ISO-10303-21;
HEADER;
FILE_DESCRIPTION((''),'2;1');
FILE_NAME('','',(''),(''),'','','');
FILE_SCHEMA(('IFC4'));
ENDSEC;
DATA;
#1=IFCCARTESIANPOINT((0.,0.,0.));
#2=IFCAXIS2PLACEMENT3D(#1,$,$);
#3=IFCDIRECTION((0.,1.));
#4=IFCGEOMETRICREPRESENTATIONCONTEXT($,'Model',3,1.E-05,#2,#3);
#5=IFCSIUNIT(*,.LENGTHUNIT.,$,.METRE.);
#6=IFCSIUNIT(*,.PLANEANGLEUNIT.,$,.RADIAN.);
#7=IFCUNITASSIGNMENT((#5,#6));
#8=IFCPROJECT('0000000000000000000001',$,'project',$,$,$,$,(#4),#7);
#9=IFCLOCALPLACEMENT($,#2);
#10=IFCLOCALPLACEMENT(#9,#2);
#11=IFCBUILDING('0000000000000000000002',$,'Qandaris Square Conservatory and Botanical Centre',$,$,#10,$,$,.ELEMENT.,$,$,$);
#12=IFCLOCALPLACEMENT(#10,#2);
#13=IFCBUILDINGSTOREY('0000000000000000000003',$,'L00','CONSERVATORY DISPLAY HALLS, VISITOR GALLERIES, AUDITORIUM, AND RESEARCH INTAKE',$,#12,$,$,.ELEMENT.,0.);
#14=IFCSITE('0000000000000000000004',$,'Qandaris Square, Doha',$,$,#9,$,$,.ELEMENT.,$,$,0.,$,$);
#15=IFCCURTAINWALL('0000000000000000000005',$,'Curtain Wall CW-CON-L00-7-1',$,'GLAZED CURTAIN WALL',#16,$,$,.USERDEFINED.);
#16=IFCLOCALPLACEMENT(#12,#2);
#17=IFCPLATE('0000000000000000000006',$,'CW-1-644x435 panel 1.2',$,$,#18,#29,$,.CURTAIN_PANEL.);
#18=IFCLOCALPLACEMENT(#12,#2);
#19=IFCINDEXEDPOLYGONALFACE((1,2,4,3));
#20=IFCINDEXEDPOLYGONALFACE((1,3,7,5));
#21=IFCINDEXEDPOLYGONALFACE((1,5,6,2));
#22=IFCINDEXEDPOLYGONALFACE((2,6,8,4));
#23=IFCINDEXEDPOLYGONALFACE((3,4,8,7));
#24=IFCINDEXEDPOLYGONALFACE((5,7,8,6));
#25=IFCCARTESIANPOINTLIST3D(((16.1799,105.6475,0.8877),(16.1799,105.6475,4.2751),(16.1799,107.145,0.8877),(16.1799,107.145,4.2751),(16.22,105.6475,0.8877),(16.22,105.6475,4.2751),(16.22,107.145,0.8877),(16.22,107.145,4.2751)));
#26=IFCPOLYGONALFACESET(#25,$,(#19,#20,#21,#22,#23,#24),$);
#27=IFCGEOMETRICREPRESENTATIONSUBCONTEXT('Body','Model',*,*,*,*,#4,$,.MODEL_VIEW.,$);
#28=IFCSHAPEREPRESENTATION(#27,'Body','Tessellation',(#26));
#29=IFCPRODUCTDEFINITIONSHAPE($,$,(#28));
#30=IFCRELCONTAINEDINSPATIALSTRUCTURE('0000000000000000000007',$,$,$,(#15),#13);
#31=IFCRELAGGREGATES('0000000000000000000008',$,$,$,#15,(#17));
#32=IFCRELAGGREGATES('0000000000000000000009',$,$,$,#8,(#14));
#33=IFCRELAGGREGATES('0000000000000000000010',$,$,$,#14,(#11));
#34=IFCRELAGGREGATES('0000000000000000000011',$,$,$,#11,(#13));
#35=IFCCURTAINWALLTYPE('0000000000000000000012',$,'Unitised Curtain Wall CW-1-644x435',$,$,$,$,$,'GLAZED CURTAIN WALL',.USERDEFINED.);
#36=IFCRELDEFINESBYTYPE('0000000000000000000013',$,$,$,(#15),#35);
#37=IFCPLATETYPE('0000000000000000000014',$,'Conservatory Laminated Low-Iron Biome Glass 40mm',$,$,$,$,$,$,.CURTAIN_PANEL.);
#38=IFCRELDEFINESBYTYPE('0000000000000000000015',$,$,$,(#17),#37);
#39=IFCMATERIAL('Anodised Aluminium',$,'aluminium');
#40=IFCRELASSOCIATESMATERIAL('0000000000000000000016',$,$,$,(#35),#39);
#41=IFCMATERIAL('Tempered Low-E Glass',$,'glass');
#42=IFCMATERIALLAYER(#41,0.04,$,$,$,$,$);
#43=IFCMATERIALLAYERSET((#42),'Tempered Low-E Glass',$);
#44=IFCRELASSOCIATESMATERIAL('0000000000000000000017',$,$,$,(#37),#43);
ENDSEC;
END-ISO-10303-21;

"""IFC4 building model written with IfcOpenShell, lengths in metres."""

from ifc_helpers import new_model, si_unit, direction, frame, origin, origin_2d, place, context, subcontext, project, spatial, rectangle, extrude, material, layer, layer_set, type_object, element, aggregate, save


model = new_model("IFC4")

# Units and contexts
model_context = context("Model", 3, precision=1e-05, world=origin(), true_north=direction((0.0, 1.0)))
body_context = subcontext(model_context, "Body", "Model", "MODEL_VIEW")
ifc_project = project(units=[si_unit("LENGTHUNIT", "METRE"), si_unit("PLANEANGLEUNIT", "RADIAN")], contexts=[model_context])

# Site, building, storey
site_placement = place(None, origin())
site = spatial("IfcSite", under=ifc_project, at=site_placement, Name="Qandaris Square, Doha", CompositionType="ELEMENT", RefElevation=0.0)
building_placement = place(site_placement, origin())
building = spatial("IfcBuilding", under=site, at=building_placement, Name="Qandaris Square Conservatory and Botanical Centre", CompositionType="ELEMENT")
storey_placement = place(building_placement, origin())
storey = spatial("IfcBuildingStorey", under=building, at=storey_placement, Name="L00", Description="CONSERVATORY DISPLAY HALLS, VISITOR GALLERIES, AUDITORIUM, AND RESEARCH INTAKE", CompositionType="ELEMENT", Elevation=0.0)

# Shared definitions
ifc_material_1 = material(Name="Anodised Aluminium", Category="aluminium")

# Curtain wall
curtain_wall_type_1 = type_object("IfcCurtainWallType", Name="Unitised Curtain Wall CW-1-644x435", ElementType="GLAZED CURTAIN WALL", PredefinedType="USERDEFINED", material=ifc_material_1)
curtain_wall_1_placement = place(storey_placement, origin())
curtain_wall_1 = element("IfcCurtainWall", 1, at=curtain_wall_1_placement, inside=storey, type_object=curtain_wall_type_1, Name="Curtain Wall CW-CON-L00-7-1", ObjectType="GLAZED CURTAIN WALL", PredefinedType="USERDEFINED")

# Plate
ifc_material_2 = material(Name="Tempered Low-E Glass", Category="glass")
ifc_layer = layer(ifc_material_2, 0.04)
ifc_layer_set = layer_set([ifc_layer], Name="Tempered Low-E Glass")
plate_type = type_object("IfcPlateType", Name="Conservatory Laminated Low-Iron Biome Glass 40mm", PredefinedType="CURTAIN_PANEL", material=ifc_layer_set)
plate_1_placement = place(storey_placement, frame((16.2, 106.3962, 0.8877), z_axis=(0.0, 0.0, 1.0), x_axis=(0.0, -1.0, 0.0)))
plate_1 = element("IfcPlate", 2, at=plate_1_placement, type_object=plate_type, Name="CW-1-644x435 panel 1.2", PredefinedType="CURTAIN_PANEL", context=body_context, shape_type="SweptSolid", body=[
    extrude(rectangle(XDim=1.4976, YDim=0.04, at=origin_2d()), origin(), (0.0, 0.0, 1.0), 3.3875),
])
aggregate(curtain_wall_1, [plate_1])

save(model, "model.ifc")
